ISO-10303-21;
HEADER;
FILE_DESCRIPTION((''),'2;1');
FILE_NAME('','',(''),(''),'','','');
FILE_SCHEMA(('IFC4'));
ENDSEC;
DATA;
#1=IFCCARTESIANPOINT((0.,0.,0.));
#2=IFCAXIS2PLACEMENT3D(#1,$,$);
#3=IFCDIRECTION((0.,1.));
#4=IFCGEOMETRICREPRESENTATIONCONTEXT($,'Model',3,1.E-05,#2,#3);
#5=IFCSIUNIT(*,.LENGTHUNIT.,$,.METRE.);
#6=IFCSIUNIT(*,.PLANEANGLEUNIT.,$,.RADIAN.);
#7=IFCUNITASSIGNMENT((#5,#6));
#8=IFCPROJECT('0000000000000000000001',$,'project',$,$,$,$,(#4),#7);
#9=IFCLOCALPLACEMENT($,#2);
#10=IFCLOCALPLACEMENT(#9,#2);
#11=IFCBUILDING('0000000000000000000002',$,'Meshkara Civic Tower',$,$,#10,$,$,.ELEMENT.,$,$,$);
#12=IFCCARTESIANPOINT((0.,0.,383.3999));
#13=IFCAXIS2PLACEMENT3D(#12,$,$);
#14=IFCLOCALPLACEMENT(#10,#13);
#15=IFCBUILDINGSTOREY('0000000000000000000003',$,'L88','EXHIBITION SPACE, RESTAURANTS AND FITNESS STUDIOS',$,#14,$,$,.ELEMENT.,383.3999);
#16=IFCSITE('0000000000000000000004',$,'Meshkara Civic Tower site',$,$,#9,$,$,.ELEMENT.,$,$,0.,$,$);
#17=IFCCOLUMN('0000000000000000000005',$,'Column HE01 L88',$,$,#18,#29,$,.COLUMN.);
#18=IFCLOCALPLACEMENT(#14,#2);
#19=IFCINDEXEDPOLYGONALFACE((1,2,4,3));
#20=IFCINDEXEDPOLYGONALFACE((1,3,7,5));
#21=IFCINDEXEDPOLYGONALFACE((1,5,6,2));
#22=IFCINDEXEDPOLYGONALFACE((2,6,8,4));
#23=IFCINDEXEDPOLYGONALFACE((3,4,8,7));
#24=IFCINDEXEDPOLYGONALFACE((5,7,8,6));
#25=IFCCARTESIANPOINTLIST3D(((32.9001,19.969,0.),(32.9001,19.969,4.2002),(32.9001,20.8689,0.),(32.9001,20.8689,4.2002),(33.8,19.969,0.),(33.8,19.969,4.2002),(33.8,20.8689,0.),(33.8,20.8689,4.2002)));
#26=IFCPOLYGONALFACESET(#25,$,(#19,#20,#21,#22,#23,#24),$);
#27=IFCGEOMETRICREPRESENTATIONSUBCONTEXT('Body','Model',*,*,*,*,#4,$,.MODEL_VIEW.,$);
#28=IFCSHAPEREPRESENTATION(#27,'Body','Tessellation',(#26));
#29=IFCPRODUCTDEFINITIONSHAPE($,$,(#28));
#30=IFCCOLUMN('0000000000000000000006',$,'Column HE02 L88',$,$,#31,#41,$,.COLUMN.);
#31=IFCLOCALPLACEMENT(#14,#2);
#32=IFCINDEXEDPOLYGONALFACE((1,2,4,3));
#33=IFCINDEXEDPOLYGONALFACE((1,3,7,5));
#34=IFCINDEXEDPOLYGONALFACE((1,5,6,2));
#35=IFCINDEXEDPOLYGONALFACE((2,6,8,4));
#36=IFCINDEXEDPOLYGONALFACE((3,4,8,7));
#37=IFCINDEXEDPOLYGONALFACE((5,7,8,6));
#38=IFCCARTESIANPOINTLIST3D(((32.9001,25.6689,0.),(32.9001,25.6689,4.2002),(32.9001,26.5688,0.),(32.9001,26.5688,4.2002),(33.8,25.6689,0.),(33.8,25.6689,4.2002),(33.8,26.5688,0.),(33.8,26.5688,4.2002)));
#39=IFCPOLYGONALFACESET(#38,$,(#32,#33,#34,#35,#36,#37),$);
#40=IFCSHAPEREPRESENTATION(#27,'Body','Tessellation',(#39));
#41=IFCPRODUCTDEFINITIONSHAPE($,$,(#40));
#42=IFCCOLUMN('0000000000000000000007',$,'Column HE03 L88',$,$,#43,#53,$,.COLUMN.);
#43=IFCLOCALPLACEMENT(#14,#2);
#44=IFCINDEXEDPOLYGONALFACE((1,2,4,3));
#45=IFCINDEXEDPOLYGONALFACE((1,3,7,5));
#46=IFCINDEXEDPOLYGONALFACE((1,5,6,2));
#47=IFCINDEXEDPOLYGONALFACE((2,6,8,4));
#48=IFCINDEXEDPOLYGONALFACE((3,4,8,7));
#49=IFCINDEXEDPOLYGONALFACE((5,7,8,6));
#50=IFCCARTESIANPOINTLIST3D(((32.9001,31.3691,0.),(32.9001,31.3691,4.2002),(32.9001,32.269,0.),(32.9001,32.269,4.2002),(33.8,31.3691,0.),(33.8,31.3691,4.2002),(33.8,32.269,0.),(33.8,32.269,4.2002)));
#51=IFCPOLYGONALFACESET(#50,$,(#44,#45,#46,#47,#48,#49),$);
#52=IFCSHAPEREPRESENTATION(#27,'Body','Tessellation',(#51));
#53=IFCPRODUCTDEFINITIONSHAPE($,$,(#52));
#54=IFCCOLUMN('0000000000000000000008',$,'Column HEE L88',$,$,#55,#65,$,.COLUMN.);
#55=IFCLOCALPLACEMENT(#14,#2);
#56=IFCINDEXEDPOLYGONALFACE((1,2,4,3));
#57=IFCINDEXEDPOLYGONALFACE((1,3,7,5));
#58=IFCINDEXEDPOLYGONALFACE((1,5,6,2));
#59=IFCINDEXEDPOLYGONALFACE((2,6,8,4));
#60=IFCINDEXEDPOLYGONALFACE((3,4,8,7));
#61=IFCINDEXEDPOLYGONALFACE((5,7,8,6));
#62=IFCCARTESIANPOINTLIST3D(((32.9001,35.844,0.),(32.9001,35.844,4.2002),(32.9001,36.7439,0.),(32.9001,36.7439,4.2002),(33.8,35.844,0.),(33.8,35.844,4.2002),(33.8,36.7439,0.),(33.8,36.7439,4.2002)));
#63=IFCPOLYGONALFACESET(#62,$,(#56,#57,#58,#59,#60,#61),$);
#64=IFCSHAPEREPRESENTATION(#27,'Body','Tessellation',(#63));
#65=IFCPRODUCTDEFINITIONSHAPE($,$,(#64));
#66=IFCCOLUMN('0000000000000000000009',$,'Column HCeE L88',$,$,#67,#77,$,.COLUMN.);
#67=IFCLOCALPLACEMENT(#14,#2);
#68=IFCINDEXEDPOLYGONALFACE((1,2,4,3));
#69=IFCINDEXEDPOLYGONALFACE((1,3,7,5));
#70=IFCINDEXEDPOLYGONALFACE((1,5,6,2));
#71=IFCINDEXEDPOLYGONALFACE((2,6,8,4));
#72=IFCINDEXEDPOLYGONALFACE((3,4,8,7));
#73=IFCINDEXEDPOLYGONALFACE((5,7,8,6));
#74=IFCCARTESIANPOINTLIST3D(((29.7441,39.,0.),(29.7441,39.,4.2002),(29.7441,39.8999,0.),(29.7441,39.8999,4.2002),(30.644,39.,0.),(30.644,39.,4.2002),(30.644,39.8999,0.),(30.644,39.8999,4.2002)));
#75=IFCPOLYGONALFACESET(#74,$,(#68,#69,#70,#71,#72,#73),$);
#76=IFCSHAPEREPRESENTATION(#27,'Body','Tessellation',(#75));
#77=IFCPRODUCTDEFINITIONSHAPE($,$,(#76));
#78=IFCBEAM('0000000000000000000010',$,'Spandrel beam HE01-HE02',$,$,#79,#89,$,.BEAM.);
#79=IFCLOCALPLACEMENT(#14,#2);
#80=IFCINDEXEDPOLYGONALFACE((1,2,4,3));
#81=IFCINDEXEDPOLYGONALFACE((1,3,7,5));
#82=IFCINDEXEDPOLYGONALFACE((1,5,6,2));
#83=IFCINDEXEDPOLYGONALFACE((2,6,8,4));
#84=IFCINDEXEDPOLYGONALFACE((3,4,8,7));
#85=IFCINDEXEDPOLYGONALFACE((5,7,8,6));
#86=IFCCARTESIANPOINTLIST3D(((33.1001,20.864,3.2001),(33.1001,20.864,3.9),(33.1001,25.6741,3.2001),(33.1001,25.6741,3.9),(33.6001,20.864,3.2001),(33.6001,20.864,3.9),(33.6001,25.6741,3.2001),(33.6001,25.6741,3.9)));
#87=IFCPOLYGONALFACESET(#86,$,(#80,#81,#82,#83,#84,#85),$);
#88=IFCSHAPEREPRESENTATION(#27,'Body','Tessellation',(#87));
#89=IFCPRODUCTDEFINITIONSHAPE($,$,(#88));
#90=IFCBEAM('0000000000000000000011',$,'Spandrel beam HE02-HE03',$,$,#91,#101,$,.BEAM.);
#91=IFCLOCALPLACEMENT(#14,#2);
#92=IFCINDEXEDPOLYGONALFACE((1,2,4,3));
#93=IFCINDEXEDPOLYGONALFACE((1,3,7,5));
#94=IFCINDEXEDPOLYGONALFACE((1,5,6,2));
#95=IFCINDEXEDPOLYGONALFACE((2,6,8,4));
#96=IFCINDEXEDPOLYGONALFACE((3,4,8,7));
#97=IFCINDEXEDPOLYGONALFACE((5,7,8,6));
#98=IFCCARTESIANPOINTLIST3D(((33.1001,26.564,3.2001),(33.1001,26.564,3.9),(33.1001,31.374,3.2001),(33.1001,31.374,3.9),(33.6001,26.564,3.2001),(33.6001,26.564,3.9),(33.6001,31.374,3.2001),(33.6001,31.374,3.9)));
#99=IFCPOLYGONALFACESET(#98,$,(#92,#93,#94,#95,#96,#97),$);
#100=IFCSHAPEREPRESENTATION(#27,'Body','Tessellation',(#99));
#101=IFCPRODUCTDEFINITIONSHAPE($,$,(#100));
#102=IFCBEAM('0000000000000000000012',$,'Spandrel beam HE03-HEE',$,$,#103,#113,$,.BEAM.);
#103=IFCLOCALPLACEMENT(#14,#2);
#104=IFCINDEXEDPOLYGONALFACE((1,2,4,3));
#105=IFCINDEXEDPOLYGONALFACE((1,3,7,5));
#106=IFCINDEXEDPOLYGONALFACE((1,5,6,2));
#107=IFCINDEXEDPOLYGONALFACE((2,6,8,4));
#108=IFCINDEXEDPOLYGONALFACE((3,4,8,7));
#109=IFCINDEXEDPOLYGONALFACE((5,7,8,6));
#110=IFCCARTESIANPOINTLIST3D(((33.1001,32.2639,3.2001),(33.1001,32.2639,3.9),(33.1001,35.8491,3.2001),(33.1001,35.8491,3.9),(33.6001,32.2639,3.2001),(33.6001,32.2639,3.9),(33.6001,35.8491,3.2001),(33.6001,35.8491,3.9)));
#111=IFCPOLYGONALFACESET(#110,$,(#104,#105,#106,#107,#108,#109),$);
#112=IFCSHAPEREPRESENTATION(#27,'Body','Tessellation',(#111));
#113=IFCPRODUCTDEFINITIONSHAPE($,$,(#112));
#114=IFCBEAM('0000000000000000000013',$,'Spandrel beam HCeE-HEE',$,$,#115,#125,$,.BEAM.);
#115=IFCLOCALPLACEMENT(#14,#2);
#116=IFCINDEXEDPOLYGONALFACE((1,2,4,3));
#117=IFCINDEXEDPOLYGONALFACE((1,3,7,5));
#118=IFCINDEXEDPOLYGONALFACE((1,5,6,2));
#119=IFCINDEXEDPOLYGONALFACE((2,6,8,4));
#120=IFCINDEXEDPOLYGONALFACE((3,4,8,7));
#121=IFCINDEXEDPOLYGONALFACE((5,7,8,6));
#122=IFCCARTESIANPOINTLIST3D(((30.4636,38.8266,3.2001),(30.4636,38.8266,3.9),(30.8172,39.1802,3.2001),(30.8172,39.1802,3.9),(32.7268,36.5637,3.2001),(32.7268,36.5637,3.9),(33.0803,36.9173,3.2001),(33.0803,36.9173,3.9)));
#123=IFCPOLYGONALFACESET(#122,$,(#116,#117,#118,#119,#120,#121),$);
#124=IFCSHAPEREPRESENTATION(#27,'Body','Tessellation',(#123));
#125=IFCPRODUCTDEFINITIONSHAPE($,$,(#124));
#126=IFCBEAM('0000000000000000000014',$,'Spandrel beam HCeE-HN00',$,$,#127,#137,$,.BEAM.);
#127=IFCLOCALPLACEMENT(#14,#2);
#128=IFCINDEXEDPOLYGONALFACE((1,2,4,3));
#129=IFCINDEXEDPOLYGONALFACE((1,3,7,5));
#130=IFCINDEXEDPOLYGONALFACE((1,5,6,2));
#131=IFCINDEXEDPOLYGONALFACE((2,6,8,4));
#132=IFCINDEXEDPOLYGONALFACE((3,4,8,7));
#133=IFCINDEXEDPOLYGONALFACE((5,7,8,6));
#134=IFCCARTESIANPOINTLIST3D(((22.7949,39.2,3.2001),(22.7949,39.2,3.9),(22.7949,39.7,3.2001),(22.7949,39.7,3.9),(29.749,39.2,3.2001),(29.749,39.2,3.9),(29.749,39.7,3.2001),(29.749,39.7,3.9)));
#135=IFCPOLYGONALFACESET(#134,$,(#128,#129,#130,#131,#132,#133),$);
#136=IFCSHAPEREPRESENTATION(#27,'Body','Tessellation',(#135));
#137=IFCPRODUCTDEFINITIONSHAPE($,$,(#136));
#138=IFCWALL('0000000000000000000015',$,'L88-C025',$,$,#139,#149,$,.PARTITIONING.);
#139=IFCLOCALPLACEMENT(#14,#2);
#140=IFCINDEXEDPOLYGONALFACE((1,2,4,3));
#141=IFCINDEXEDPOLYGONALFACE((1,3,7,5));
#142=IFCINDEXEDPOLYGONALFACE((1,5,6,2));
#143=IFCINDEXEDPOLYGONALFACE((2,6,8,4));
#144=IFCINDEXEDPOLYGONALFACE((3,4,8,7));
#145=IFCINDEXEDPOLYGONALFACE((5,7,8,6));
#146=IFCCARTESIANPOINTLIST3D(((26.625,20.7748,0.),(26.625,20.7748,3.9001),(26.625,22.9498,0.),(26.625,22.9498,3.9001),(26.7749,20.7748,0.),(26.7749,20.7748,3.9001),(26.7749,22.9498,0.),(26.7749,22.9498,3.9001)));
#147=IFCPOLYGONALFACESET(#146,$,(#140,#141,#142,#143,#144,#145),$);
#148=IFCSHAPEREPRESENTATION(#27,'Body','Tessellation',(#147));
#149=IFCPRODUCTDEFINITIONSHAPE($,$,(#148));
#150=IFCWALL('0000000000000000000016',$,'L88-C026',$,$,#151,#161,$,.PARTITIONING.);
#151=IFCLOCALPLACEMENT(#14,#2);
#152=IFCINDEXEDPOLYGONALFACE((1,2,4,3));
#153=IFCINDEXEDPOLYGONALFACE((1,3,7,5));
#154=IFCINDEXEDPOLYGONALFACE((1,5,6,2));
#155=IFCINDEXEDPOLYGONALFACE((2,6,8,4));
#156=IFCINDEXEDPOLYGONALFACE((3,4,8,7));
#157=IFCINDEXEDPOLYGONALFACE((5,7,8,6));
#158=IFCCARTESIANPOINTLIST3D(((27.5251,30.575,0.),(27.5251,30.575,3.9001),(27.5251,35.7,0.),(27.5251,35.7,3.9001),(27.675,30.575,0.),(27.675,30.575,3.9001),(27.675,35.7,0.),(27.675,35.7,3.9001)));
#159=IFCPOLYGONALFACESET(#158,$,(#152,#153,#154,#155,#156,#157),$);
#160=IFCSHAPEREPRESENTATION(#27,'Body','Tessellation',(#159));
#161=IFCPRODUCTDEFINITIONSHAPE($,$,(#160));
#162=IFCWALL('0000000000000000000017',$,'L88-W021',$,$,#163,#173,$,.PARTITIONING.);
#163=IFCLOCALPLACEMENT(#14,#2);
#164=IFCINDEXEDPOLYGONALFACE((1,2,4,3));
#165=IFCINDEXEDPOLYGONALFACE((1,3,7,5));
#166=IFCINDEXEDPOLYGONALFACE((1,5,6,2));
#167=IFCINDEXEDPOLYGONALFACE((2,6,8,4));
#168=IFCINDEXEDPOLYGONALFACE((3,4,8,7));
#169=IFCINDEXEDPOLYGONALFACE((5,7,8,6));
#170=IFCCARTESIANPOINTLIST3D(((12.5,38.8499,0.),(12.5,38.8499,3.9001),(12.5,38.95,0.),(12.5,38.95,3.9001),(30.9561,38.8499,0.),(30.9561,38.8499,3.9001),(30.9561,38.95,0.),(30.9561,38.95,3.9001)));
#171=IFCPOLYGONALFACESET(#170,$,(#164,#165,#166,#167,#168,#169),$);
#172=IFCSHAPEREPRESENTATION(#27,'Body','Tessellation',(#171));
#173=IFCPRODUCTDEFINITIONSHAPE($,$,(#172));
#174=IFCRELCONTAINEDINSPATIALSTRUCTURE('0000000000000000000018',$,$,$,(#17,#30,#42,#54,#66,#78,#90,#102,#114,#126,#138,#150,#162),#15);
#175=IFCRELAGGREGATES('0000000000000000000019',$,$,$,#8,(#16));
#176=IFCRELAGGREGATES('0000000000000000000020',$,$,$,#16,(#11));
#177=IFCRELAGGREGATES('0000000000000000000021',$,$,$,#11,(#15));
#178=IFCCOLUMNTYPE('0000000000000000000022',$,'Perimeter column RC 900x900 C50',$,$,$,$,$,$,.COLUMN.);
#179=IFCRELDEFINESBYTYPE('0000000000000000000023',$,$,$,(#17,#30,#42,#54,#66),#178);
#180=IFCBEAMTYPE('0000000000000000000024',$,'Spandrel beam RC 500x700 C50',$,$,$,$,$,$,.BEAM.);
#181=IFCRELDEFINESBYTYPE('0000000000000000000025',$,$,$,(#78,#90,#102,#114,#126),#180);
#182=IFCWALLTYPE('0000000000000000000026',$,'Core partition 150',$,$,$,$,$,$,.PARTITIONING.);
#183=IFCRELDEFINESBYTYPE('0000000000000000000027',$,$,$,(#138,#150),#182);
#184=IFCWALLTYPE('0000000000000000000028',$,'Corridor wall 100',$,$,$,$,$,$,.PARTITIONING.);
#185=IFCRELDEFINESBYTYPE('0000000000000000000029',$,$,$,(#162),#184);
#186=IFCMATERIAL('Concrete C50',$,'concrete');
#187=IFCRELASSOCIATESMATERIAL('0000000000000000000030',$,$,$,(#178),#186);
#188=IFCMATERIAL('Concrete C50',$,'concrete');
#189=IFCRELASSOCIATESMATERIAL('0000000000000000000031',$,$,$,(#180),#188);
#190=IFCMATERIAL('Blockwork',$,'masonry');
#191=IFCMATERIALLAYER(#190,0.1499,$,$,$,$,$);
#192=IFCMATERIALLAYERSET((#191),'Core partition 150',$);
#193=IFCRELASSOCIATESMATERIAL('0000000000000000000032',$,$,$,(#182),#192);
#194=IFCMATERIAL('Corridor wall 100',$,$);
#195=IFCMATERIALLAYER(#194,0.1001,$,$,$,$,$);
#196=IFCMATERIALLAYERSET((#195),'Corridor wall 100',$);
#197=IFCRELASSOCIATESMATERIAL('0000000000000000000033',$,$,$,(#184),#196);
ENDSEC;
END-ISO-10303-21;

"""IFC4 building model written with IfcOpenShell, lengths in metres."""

from ifc_helpers import new_model, si_unit, direction, frame, frame_2d, origin, origin_2d, place, context, subcontext, project, spatial, rectangle, extrude, material, layer, layer_set, material_profile, profile_set, type_object, element, save


model = new_model("IFC4")

# Units and contexts
model_context = context("Model", 3, precision=1e-05, world=origin(), true_north=direction((0.0, 1.0)))
body_context = subcontext(model_context, "Body", "Model", "MODEL_VIEW")
ifc_project = project(units=[si_unit("LENGTHUNIT", "METRE"), si_unit("PLANEANGLEUNIT", "RADIAN")], contexts=[model_context])

# Site, building, storey
site_placement = place(None, origin())
site = spatial("IfcSite", under=ifc_project, at=site_placement, Name="Meshkara Civic Tower site", CompositionType="ELEMENT", RefElevation=0.0)
building_placement = place(site_placement, origin())
building = spatial("IfcBuilding", under=site, at=building_placement, Name="Meshkara Civic Tower", CompositionType="ELEMENT")
storey_placement = place(building_placement, frame((0.0, 0.0, 383.3999)))
storey = spatial("IfcBuildingStorey", under=building, at=storey_placement, Name="L88", Description="EXHIBITION SPACE, RESTAURANTS AND FITNESS STUDIOS", CompositionType="ELEMENT", Elevation=383.3999)

# Columns
ifc_material_1 = material(Name="Concrete C50", Category="concrete")
ifc_material_profile_1 = material_profile(ifc_material_1, rectangle(XDim=0.8999, YDim=0.8999, at=origin_2d()))
ifc_profile_set_1 = profile_set([ifc_material_profile_1], Name="Concrete C50")
column_type = type_object("IfcColumnType", Name="Perimeter column RC 900x900 C50", PredefinedType="COLUMN", material=ifc_profile_set_1)
for number, where, z_axis, x_axis, name in (
    (1, (33.3501, 20.4189, 0.0), (0.0, 0.0, 1.0), (1.0, 0.0, 0.0), "Column HE01 L88"),
    (2, (33.3501, 26.1189, 0.0), (0.0, 0.0, 1.0), (1.0, 0.0, 0.0), "Column HE02 L88"),
    (3, (33.3501, 31.8191, 0.0), (0.0, 0.0, 1.0), (1.0, 0.0, 0.0), "Column HE03 L88"),
    (4, (33.3501, 36.2939, 0.0), (0.0, 0.0, 1.0), (1.0, 0.0, 0.0), "Column HEE L88"),
    (5, (30.1941, 39.45, 0.0), (0.0, 0.0, 1.0), (1.0, 0.0, 0.0), "Column HCeE L88"),
):
    element("IfcColumn", number, at=place(storey_placement, frame(where, z_axis=z_axis, x_axis=x_axis)), inside=storey, type_object=column_type, Name=name, PredefinedType="COLUMN", context=body_context, shape_type="SweptSolid", body=[
        extrude(rectangle(XDim=0.8999, YDim=0.8999, at=origin_2d()), origin(), (0.0, 0.0, 1.0), 4.2002),
    ])

# Beams
ifc_material_2 = material(Name="Concrete C50", Category="concrete")
ifc_material_profile_2 = material_profile(ifc_material_2, rectangle(XDim=0.5, YDim=0.7, at=origin_2d()))
ifc_profile_set_2 = profile_set([ifc_material_profile_2], Name="Concrete C50")
beam_type = type_object("IfcBeamType", Name="Spandrel beam RC 500x700 C50", PredefinedType="BEAM", material=ifc_profile_set_2)
for number, where, z_axis, x_axis, name in (
    (6, (33.3501, 20.864, 3.55), (0.0, 1.0, 0.0), (-1.0, 0.0, 0.0), "Spandrel beam HE01-HE02"),
    (7, (33.3501, 26.564, 3.55), (0.0, 1.0, 0.0), (-1.0, 0.0, 0.0), "Spandrel beam HE02-HE03"),
):
    element("IfcBeam", number, at=place(storey_placement, frame(where, z_axis=z_axis, x_axis=x_axis)), inside=storey, type_object=beam_type, Name=name, PredefinedType="BEAM", context=body_context, shape_type="SweptSolid", body=[
        extrude(rectangle(XDim=0.5, YDim=0.7, at=origin_2d()), origin(), (0.0, 0.0, 1.0), 4.8101),
    ])
beam_1_placement = place(storey_placement, frame((33.3501, 32.2639, 3.55), z_axis=(0.0, 1.0, 0.0), x_axis=(-1.0, 0.0, 0.0)))
element("IfcBeam", 8, at=beam_1_placement, inside=storey, type_object=beam_type, Name="Spandrel beam HE03-HEE", PredefinedType="BEAM", context=body_context, shape_type="SweptSolid", body=[
    extrude(rectangle(XDim=0.5, YDim=0.7, at=origin_2d()), origin(), (0.0, 0.0, 1.0), 3.5852),
])
beam_2_placement = place(storey_placement, frame((32.9036, 36.7405, 3.55), z_axis=(-0.707145, 0.707069, 0.0), x_axis=(-0.707069, -0.707145, 0.0)))
element("IfcBeam", 9, at=beam_2_placement, inside=storey, type_object=beam_type, Name="Spandrel beam HCeE-HEE", PredefinedType="BEAM", context=body_context, shape_type="SweptSolid", body=[
    extrude(rectangle(XDim=0.5, YDim=0.7, at=origin_2d()), origin(), (0.0, 0.0, 1.0), 3.2004),
])
beam_3_placement = place(storey_placement, frame((29.749, 39.45, 3.55), z_axis=(-1.0, 0.0, 0.0), x_axis=(0.0, -1.0, 0.0)))
element("IfcBeam", 10, at=beam_3_placement, inside=storey, type_object=beam_type, Name="Spandrel beam HCeE-HN00", PredefinedType="BEAM", context=body_context, shape_type="SweptSolid", body=[
    extrude(rectangle(XDim=0.5, YDim=0.7, at=origin_2d()), origin(), (0.0, 0.0, 1.0), 6.9541),
])

# Walls
ifc_material_3 = material(Name="Blockwork", Category="masonry")
ifc_layer_1 = layer(ifc_material_3, 0.1499)
ifc_layer_set_1 = layer_set([ifc_layer_1], Name="Core partition 150")
wall_type_1 = type_object("IfcWallType", Name="Core partition 150", PredefinedType="PARTITIONING", material=ifc_layer_set_1)
wall_1_placement = place(storey_placement, frame((26.7, 20.7749, 0.0), z_axis=(0.0, 0.0, 1.0), x_axis=(0.0, 1.0, 0.0)))
element("IfcWall", 11, at=wall_1_placement, inside=storey, type_object=wall_type_1, Name="L88-C025", PredefinedType="PARTITIONING", context=body_context, shape_type="SweptSolid", body=[
    extrude(rectangle(XDim=2.175, YDim=0.1499, at=frame_2d((1.0874, 0.0))), origin(), (0.0, 0.0, 1.0), 3.9001),
])
wall_2_placement = place(storey_placement, frame((27.6001, 30.575, 0.0), z_axis=(0.0, 0.0, 1.0), x_axis=(0.0, 1.0, 0.0)))
element("IfcWall", 12, at=wall_2_placement, inside=storey, type_object=wall_type_1, Name="L88-C026", PredefinedType="PARTITIONING", context=body_context, shape_type="SweptSolid", body=[
    extrude(rectangle(XDim=5.125, YDim=0.1499, at=frame_2d((2.5625, 0.0))), origin(), (0.0, 0.0, 1.0), 3.9001),
])
ifc_material_4 = material(Name="Corridor wall 100")
ifc_layer_2 = layer(ifc_material_4, 0.1001)
ifc_layer_set_2 = layer_set([ifc_layer_2], Name="Corridor wall 100")
wall_type_2 = type_object("IfcWallType", Name="Corridor wall 100", PredefinedType="PARTITIONING", material=ifc_layer_set_2)
wall_3_placement = place(storey_placement, frame((30.9561, 38.8999, 0.0), z_axis=(0.0, 0.0, 1.0), x_axis=(-1.0, 0.0, 0.0)))
element("IfcWall", 13, at=wall_3_placement, inside=storey, type_object=wall_type_2, Name="L88-W021", PredefinedType="PARTITIONING", context=body_context, shape_type="SweptSolid", body=[
    extrude(rectangle(XDim=18.4561, YDim=0.1001, at=frame_2d((9.228, 0.0))), origin(), (0.0, 0.0, 1.0), 3.9001),
])

save(model, "model.ifc")
